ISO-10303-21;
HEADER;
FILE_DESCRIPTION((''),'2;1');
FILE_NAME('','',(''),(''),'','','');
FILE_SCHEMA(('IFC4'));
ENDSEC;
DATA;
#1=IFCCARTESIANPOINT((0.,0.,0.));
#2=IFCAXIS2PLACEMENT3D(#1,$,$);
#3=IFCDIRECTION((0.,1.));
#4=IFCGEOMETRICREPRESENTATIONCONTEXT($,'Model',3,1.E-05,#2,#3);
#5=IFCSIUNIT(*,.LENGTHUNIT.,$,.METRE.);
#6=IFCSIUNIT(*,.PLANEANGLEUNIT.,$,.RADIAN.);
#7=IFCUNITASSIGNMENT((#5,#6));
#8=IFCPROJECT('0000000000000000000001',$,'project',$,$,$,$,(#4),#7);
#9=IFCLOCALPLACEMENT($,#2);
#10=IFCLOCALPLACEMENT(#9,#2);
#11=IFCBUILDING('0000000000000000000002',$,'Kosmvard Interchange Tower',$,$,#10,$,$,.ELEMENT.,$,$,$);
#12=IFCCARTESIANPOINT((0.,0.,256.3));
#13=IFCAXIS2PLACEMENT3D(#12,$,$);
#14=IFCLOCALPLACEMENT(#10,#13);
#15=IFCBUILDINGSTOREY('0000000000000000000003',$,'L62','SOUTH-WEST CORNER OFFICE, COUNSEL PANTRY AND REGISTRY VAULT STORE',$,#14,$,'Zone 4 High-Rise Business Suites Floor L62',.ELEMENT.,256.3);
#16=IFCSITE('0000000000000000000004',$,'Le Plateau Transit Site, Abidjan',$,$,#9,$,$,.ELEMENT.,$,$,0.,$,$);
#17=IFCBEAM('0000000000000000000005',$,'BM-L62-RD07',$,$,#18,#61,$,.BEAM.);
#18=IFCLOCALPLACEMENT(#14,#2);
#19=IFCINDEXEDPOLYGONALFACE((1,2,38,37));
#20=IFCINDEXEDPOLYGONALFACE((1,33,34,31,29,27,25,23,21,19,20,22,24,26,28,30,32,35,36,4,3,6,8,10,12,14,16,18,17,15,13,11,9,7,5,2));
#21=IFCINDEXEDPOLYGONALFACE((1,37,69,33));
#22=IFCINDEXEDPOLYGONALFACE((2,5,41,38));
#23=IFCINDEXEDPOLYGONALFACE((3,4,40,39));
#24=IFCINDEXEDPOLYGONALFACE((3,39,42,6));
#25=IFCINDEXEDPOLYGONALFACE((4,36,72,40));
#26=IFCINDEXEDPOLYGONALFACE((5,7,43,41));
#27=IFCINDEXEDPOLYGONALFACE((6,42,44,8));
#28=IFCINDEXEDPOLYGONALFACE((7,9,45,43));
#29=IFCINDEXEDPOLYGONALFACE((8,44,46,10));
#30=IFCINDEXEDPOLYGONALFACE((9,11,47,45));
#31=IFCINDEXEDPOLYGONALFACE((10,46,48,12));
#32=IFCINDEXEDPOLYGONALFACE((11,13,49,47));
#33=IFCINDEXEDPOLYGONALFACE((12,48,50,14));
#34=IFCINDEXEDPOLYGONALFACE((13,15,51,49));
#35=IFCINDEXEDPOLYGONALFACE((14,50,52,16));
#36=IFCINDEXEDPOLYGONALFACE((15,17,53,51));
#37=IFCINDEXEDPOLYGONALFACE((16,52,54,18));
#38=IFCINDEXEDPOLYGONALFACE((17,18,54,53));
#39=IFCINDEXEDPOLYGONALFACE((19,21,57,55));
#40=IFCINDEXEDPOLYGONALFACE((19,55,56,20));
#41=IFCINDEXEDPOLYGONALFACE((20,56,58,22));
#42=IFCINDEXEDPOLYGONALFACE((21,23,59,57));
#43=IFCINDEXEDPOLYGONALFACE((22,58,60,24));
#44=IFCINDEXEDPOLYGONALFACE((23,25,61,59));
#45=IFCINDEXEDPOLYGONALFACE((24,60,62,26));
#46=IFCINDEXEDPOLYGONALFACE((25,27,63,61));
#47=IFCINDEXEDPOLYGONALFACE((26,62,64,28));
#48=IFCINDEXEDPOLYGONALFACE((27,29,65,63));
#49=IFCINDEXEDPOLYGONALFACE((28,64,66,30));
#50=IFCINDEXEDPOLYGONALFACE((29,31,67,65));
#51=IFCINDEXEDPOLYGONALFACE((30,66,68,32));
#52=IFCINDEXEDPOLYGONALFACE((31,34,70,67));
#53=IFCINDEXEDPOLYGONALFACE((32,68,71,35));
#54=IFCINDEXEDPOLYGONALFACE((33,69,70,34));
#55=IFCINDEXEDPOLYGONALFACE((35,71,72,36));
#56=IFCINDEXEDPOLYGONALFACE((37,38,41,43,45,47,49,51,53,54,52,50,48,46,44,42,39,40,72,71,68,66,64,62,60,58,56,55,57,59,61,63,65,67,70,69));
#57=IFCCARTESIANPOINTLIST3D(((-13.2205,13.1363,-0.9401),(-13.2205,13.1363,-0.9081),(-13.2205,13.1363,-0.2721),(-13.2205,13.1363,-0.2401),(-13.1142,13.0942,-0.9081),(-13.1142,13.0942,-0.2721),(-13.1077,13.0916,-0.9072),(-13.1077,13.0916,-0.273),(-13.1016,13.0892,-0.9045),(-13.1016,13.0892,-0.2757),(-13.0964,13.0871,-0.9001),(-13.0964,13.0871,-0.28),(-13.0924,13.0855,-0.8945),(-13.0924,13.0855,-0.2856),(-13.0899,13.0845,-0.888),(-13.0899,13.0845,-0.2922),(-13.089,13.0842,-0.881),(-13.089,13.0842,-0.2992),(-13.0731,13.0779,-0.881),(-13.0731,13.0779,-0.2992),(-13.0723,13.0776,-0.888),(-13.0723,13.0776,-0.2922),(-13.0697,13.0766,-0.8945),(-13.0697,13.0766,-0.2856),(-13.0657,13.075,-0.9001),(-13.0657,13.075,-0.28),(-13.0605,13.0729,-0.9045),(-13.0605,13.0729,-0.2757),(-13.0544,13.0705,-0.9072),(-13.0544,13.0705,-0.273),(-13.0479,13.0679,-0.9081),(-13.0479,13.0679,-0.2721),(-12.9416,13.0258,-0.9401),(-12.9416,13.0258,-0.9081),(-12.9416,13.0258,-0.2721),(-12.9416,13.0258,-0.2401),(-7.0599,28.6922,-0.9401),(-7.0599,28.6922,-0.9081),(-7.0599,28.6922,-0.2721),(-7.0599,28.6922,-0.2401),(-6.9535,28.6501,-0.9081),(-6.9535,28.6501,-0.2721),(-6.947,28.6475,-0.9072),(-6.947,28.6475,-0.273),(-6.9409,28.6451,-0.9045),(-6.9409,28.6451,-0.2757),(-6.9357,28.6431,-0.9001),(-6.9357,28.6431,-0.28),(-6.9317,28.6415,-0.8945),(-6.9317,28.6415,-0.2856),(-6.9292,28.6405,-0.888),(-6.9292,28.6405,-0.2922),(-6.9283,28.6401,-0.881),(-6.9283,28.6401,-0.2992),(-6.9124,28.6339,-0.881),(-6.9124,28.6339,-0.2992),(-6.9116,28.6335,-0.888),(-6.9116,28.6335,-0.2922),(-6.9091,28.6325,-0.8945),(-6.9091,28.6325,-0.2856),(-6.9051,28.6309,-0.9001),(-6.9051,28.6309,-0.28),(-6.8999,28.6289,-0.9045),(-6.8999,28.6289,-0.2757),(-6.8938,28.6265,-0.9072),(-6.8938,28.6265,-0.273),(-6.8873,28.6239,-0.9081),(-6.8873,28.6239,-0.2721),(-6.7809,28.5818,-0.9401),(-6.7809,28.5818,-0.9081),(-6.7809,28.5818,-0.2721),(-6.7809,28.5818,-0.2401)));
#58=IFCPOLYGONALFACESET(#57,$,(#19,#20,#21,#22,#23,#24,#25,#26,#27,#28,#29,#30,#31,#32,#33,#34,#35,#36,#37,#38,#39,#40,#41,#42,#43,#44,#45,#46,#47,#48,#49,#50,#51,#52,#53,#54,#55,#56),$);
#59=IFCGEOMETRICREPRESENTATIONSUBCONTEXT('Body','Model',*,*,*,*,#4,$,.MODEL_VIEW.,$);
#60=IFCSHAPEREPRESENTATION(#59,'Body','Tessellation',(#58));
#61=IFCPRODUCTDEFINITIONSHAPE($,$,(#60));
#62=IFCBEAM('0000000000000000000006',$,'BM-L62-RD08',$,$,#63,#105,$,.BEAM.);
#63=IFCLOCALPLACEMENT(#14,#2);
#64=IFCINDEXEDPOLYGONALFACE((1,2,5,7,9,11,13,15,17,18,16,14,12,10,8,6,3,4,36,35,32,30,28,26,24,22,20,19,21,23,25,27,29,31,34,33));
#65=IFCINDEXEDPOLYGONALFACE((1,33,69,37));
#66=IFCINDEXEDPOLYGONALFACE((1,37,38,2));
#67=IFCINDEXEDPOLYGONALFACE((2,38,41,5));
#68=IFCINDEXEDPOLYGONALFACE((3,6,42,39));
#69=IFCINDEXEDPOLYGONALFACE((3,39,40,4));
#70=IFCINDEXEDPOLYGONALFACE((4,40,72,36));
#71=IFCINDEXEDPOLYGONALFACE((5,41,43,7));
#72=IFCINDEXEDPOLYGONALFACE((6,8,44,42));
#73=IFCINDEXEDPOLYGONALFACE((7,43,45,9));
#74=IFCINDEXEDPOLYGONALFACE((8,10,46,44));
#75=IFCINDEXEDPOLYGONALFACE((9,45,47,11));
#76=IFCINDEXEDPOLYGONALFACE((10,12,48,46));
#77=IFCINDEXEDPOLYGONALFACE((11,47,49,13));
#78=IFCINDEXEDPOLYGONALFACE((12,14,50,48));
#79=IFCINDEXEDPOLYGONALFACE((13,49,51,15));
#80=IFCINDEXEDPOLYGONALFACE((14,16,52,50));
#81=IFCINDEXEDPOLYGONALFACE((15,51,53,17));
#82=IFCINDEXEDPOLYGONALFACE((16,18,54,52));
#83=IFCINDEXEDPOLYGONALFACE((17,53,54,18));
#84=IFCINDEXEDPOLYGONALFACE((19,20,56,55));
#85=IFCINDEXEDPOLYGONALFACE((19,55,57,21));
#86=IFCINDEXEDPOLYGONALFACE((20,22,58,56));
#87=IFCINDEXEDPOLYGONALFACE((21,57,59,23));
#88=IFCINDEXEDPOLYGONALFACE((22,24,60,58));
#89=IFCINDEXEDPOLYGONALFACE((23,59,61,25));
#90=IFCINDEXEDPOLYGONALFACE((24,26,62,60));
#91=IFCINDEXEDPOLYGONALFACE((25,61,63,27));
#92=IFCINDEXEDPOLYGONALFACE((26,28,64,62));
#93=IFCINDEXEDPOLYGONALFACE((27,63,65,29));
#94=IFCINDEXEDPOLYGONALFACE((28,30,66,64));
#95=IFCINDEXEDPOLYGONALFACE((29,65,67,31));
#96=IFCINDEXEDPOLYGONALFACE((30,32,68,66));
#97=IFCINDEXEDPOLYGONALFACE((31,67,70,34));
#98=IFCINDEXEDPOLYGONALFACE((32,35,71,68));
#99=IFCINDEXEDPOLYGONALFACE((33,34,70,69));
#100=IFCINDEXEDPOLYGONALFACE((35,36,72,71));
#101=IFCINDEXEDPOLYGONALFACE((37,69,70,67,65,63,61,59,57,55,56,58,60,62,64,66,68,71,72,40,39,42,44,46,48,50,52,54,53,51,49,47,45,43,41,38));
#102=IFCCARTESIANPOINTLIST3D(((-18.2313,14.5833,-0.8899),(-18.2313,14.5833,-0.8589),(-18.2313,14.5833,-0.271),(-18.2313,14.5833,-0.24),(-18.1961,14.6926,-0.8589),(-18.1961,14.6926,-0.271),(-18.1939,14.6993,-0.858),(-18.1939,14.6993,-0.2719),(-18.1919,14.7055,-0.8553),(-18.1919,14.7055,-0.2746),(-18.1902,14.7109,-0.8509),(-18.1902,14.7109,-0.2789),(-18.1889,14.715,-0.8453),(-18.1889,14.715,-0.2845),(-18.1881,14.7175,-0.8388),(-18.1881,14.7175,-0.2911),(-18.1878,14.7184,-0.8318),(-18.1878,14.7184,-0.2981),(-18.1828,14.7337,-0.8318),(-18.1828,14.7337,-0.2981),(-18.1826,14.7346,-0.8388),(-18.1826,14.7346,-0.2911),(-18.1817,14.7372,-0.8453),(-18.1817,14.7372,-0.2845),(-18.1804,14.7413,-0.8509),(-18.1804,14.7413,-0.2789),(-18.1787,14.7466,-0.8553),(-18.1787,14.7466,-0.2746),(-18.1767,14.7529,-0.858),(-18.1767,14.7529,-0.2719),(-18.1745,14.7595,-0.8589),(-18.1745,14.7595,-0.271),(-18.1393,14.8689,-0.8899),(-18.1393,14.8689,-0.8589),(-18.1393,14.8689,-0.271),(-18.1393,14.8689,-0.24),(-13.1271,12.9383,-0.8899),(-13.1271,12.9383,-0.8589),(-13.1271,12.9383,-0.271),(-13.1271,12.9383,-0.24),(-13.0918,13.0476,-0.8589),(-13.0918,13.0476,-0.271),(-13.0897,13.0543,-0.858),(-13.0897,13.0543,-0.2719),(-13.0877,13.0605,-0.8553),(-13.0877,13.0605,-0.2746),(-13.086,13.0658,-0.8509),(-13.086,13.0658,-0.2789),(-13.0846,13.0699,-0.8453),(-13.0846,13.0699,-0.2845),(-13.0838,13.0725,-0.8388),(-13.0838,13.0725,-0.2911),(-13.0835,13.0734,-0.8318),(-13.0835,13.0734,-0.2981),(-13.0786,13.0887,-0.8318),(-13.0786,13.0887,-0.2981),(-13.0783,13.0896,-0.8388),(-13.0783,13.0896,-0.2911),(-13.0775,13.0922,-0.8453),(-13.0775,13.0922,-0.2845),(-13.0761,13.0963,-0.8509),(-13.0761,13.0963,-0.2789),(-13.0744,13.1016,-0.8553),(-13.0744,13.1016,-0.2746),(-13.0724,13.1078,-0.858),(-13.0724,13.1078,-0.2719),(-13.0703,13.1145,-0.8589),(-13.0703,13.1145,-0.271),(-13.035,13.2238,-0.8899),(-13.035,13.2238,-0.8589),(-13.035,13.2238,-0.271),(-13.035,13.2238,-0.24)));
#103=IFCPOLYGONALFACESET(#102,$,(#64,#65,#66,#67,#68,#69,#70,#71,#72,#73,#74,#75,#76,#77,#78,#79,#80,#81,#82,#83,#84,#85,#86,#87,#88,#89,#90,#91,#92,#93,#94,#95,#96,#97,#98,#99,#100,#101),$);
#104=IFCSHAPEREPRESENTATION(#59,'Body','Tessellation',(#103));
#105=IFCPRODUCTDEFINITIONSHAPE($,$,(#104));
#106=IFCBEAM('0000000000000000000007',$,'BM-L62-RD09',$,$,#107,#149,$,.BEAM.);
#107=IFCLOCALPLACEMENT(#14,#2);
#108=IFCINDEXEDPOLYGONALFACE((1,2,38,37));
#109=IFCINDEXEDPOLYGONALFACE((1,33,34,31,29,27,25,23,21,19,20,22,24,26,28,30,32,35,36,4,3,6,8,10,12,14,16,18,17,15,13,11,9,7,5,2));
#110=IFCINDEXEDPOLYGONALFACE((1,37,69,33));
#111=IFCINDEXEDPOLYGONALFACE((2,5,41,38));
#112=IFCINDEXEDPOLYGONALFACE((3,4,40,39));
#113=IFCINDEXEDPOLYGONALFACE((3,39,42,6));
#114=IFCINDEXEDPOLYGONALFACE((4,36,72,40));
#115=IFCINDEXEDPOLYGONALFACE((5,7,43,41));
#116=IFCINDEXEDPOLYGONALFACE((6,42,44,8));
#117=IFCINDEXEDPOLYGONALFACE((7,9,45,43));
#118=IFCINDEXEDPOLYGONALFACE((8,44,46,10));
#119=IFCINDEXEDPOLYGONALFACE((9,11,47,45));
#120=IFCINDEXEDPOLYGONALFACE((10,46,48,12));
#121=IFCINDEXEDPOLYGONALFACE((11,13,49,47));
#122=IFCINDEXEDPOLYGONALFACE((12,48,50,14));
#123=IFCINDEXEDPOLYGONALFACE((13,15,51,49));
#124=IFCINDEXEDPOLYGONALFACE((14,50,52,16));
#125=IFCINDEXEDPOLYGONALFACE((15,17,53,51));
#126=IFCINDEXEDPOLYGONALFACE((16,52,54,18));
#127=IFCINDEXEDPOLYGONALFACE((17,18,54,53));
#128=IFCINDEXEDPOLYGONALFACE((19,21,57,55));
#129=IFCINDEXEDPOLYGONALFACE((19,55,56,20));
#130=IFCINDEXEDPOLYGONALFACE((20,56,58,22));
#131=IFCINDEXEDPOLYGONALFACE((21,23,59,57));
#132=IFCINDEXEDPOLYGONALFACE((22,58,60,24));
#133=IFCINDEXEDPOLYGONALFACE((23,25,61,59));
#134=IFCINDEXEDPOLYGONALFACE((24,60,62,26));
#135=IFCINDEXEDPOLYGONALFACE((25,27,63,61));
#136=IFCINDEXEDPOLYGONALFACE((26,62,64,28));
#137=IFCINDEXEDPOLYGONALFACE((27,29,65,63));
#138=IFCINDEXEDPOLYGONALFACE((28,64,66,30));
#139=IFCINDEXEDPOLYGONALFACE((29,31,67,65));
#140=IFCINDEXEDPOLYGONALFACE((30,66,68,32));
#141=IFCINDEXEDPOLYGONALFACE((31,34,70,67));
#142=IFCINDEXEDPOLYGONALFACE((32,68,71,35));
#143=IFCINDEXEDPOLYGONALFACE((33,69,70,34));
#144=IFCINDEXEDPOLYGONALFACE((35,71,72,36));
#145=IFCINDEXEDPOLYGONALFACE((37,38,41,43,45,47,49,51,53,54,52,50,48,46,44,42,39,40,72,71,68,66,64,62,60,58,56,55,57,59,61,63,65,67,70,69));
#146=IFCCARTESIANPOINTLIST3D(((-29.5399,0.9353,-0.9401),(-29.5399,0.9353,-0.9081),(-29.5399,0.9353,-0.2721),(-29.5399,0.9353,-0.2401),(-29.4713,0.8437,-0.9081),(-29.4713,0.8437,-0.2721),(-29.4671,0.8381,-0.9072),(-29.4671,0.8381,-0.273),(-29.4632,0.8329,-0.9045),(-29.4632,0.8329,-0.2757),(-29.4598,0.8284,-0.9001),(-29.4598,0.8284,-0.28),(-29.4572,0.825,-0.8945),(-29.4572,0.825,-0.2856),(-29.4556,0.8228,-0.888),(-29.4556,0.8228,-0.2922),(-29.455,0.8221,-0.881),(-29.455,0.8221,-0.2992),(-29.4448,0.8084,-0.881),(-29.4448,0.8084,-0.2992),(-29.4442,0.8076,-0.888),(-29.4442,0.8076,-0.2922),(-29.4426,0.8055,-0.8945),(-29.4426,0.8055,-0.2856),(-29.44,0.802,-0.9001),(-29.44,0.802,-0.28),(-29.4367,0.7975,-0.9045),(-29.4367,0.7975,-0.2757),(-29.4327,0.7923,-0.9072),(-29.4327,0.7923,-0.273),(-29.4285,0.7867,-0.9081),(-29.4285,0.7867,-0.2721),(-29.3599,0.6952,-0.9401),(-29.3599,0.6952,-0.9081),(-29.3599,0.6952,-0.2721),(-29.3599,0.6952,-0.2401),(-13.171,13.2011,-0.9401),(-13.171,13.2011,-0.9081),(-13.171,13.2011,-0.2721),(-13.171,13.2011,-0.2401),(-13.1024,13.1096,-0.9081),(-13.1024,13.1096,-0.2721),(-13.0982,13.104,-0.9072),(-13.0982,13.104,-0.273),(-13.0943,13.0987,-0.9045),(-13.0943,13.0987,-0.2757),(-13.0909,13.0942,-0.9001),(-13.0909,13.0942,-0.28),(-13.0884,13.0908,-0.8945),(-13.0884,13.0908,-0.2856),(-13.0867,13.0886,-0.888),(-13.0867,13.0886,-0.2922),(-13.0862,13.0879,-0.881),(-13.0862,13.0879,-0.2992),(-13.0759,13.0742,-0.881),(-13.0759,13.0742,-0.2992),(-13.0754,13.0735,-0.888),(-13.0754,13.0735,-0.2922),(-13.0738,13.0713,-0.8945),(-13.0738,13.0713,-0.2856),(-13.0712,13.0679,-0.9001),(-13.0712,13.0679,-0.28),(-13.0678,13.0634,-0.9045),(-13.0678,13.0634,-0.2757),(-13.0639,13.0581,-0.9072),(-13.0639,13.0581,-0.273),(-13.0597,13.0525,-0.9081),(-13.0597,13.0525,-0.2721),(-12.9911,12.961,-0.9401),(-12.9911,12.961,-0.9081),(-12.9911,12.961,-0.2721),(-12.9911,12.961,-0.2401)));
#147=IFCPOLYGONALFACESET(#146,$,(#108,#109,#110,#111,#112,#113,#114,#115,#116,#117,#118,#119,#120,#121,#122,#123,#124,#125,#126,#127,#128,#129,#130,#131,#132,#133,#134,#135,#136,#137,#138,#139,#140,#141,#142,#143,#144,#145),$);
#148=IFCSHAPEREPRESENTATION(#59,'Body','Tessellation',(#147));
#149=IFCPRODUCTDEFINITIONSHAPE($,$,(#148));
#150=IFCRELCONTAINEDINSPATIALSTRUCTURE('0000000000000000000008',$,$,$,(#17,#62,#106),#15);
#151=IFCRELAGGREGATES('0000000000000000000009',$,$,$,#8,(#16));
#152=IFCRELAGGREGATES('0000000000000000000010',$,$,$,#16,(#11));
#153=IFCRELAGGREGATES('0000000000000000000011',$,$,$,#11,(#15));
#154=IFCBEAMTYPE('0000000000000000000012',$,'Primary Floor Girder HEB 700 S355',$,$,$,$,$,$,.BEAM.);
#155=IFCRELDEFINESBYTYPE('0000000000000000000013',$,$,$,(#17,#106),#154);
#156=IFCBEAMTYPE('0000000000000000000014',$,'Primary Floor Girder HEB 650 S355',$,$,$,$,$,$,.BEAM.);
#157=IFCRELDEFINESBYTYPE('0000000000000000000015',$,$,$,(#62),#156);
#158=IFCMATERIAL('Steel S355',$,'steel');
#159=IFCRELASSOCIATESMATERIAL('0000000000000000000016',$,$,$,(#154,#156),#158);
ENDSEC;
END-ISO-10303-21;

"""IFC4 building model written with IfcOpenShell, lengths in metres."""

from ifc_helpers import new_model, si_unit, direction, frame, origin, origin_2d, place, context, subcontext, project, spatial, i_section, extrude, source, transform, mapped, material, material_profile, profile_set, type_object, element, save


model = new_model("IFC4")

# Units and contexts
model_context = context("Model", 3, precision=1e-05, world=origin(), true_north=direction((0.0, 1.0)))
body_context = subcontext(model_context, "Body", "Model", "MODEL_VIEW")
ifc_project = project(units=[si_unit("LENGTHUNIT", "METRE"), si_unit("PLANEANGLEUNIT", "RADIAN")], contexts=[model_context])

# Site, building, storey
site_placement = place(None, origin())
site = spatial("IfcSite", under=ifc_project, at=site_placement, Name="Le Plateau Transit Site, Abidjan", CompositionType="ELEMENT", RefElevation=0.0)
building_placement = place(site_placement, origin())
building = spatial("IfcBuilding", under=site, at=building_placement, Name="Kosmvard Interchange Tower", CompositionType="ELEMENT")
storey_placement = place(building_placement, frame((0.0, 0.0, 256.3)))
storey = spatial("IfcBuildingStorey", under=building, at=storey_placement, Name="L62", Description="SOUTH-WEST CORNER OFFICE, COUNSEL PANTRY AND REGISTRY VAULT STORE", LongName="Zone 4 High-Rise Business Suites Floor L62", CompositionType="ELEMENT", Elevation=256.3)

# Beams
ifc_material_1 = material(Name="Steel S355", Category="steel")
ifc_material_profile_1 = material_profile(ifc_material_1, i_section(OverallWidth=0.3, OverallDepth=0.7, WebThickness=0.0171, FlangeThickness=0.032, FilletRadius=0.0271, at=origin_2d()), Name="HEB 700")
ifc_profile_set_1 = profile_set([ifc_material_profile_1], Name="Steel S355")
beam_type_1 = type_object("IfcBeamType", Name="Primary Floor Girder HEB 700 S355", PredefinedType="BEAM", material=ifc_profile_set_1)
shared_shape_1 = source(origin(), body_context, "Body", "SweptSolid", [
    extrude(i_section(OverallWidth=0.3, OverallDepth=0.7, WebThickness=0.0171, FlangeThickness=0.032, FilletRadius=0.0271, at=origin_2d()), origin(), (0.0, 0.0, 1.0), 16.7314),
])
beam_1_placement = place(storey_placement, frame((-13.0811, 13.0811, -0.5901), z_axis=(0.368209, 0.929743, 0.0), x_axis=(-0.929743, 0.368209, 0.0)))
element("IfcBeam", 1, at=beam_1_placement, inside=storey, type_object=beam_type_1, Name="BM-L62-RD07", PredefinedType="BEAM", context=body_context, shape_type="MappedRepresentation", body=[
    mapped(shared_shape_1, transform((0.0, 0.0, 0.0), scale=1.0)),
])
ifc_material_profile_2 = material_profile(ifc_material_1, i_section(OverallWidth=0.3, OverallDepth=0.6499, WebThickness=0.0161, FlangeThickness=0.031, FilletRadius=0.0271, at=origin_2d()), Name="HEB 650")
ifc_profile_set_2 = profile_set([ifc_material_profile_2], Name="Steel S355")
beam_type_2 = type_object("IfcBeamType", Name="Primary Floor Girder HEB 650 S355", PredefinedType="BEAM", material=ifc_profile_set_2)
shared_shape_2 = source(origin(), body_context, "Body", "SweptSolid", [
    extrude(i_section(OverallWidth=0.3, OverallDepth=0.6499, WebThickness=0.0161, FlangeThickness=0.031, FilletRadius=0.0271, at=origin_2d()), origin(), (0.0, 0.0, 1.0), 5.3628),
])
beam_2_placement = place(storey_placement, frame((-13.0811, 13.0811, -0.5649), z_axis=(-0.951791, 0.306747, 0.0), x_axis=(-0.306747, -0.951791, 0.0)))
element("IfcBeam", 2, at=beam_2_placement, inside=storey, type_object=beam_type_2, Name="BM-L62-RD08", PredefinedType="BEAM", context=body_context, shape_type="MappedRepresentation", body=[
    mapped(shared_shape_2, transform((0.0, 0.0, 0.0), scale=1.0)),
])
shared_shape_3 = source(origin(), body_context, "Body", "SweptSolid", [
    extrude(i_section(OverallWidth=0.3, OverallDepth=0.7, WebThickness=0.0171, FlangeThickness=0.032, FilletRadius=0.0271, at=origin_2d()), origin(), (0.0, 0.0, 1.0), 20.4546),
])
beam_3_placement = place(storey_placement, frame((-13.0811, 13.0811, -0.5901), z_axis=(-0.800253, -0.599662, 0.0), x_axis=(0.599662, -0.800253, 0.0)))
element("IfcBeam", 3, at=beam_3_placement, inside=storey, type_object=beam_type_1, Name="BM-L62-RD09", PredefinedType="BEAM", context=body_context, shape_type="MappedRepresentation", body=[
    mapped(shared_shape_3, transform((0.0, 0.0, 0.0), scale=1.0)),
])

save(model, "model.ifc")
